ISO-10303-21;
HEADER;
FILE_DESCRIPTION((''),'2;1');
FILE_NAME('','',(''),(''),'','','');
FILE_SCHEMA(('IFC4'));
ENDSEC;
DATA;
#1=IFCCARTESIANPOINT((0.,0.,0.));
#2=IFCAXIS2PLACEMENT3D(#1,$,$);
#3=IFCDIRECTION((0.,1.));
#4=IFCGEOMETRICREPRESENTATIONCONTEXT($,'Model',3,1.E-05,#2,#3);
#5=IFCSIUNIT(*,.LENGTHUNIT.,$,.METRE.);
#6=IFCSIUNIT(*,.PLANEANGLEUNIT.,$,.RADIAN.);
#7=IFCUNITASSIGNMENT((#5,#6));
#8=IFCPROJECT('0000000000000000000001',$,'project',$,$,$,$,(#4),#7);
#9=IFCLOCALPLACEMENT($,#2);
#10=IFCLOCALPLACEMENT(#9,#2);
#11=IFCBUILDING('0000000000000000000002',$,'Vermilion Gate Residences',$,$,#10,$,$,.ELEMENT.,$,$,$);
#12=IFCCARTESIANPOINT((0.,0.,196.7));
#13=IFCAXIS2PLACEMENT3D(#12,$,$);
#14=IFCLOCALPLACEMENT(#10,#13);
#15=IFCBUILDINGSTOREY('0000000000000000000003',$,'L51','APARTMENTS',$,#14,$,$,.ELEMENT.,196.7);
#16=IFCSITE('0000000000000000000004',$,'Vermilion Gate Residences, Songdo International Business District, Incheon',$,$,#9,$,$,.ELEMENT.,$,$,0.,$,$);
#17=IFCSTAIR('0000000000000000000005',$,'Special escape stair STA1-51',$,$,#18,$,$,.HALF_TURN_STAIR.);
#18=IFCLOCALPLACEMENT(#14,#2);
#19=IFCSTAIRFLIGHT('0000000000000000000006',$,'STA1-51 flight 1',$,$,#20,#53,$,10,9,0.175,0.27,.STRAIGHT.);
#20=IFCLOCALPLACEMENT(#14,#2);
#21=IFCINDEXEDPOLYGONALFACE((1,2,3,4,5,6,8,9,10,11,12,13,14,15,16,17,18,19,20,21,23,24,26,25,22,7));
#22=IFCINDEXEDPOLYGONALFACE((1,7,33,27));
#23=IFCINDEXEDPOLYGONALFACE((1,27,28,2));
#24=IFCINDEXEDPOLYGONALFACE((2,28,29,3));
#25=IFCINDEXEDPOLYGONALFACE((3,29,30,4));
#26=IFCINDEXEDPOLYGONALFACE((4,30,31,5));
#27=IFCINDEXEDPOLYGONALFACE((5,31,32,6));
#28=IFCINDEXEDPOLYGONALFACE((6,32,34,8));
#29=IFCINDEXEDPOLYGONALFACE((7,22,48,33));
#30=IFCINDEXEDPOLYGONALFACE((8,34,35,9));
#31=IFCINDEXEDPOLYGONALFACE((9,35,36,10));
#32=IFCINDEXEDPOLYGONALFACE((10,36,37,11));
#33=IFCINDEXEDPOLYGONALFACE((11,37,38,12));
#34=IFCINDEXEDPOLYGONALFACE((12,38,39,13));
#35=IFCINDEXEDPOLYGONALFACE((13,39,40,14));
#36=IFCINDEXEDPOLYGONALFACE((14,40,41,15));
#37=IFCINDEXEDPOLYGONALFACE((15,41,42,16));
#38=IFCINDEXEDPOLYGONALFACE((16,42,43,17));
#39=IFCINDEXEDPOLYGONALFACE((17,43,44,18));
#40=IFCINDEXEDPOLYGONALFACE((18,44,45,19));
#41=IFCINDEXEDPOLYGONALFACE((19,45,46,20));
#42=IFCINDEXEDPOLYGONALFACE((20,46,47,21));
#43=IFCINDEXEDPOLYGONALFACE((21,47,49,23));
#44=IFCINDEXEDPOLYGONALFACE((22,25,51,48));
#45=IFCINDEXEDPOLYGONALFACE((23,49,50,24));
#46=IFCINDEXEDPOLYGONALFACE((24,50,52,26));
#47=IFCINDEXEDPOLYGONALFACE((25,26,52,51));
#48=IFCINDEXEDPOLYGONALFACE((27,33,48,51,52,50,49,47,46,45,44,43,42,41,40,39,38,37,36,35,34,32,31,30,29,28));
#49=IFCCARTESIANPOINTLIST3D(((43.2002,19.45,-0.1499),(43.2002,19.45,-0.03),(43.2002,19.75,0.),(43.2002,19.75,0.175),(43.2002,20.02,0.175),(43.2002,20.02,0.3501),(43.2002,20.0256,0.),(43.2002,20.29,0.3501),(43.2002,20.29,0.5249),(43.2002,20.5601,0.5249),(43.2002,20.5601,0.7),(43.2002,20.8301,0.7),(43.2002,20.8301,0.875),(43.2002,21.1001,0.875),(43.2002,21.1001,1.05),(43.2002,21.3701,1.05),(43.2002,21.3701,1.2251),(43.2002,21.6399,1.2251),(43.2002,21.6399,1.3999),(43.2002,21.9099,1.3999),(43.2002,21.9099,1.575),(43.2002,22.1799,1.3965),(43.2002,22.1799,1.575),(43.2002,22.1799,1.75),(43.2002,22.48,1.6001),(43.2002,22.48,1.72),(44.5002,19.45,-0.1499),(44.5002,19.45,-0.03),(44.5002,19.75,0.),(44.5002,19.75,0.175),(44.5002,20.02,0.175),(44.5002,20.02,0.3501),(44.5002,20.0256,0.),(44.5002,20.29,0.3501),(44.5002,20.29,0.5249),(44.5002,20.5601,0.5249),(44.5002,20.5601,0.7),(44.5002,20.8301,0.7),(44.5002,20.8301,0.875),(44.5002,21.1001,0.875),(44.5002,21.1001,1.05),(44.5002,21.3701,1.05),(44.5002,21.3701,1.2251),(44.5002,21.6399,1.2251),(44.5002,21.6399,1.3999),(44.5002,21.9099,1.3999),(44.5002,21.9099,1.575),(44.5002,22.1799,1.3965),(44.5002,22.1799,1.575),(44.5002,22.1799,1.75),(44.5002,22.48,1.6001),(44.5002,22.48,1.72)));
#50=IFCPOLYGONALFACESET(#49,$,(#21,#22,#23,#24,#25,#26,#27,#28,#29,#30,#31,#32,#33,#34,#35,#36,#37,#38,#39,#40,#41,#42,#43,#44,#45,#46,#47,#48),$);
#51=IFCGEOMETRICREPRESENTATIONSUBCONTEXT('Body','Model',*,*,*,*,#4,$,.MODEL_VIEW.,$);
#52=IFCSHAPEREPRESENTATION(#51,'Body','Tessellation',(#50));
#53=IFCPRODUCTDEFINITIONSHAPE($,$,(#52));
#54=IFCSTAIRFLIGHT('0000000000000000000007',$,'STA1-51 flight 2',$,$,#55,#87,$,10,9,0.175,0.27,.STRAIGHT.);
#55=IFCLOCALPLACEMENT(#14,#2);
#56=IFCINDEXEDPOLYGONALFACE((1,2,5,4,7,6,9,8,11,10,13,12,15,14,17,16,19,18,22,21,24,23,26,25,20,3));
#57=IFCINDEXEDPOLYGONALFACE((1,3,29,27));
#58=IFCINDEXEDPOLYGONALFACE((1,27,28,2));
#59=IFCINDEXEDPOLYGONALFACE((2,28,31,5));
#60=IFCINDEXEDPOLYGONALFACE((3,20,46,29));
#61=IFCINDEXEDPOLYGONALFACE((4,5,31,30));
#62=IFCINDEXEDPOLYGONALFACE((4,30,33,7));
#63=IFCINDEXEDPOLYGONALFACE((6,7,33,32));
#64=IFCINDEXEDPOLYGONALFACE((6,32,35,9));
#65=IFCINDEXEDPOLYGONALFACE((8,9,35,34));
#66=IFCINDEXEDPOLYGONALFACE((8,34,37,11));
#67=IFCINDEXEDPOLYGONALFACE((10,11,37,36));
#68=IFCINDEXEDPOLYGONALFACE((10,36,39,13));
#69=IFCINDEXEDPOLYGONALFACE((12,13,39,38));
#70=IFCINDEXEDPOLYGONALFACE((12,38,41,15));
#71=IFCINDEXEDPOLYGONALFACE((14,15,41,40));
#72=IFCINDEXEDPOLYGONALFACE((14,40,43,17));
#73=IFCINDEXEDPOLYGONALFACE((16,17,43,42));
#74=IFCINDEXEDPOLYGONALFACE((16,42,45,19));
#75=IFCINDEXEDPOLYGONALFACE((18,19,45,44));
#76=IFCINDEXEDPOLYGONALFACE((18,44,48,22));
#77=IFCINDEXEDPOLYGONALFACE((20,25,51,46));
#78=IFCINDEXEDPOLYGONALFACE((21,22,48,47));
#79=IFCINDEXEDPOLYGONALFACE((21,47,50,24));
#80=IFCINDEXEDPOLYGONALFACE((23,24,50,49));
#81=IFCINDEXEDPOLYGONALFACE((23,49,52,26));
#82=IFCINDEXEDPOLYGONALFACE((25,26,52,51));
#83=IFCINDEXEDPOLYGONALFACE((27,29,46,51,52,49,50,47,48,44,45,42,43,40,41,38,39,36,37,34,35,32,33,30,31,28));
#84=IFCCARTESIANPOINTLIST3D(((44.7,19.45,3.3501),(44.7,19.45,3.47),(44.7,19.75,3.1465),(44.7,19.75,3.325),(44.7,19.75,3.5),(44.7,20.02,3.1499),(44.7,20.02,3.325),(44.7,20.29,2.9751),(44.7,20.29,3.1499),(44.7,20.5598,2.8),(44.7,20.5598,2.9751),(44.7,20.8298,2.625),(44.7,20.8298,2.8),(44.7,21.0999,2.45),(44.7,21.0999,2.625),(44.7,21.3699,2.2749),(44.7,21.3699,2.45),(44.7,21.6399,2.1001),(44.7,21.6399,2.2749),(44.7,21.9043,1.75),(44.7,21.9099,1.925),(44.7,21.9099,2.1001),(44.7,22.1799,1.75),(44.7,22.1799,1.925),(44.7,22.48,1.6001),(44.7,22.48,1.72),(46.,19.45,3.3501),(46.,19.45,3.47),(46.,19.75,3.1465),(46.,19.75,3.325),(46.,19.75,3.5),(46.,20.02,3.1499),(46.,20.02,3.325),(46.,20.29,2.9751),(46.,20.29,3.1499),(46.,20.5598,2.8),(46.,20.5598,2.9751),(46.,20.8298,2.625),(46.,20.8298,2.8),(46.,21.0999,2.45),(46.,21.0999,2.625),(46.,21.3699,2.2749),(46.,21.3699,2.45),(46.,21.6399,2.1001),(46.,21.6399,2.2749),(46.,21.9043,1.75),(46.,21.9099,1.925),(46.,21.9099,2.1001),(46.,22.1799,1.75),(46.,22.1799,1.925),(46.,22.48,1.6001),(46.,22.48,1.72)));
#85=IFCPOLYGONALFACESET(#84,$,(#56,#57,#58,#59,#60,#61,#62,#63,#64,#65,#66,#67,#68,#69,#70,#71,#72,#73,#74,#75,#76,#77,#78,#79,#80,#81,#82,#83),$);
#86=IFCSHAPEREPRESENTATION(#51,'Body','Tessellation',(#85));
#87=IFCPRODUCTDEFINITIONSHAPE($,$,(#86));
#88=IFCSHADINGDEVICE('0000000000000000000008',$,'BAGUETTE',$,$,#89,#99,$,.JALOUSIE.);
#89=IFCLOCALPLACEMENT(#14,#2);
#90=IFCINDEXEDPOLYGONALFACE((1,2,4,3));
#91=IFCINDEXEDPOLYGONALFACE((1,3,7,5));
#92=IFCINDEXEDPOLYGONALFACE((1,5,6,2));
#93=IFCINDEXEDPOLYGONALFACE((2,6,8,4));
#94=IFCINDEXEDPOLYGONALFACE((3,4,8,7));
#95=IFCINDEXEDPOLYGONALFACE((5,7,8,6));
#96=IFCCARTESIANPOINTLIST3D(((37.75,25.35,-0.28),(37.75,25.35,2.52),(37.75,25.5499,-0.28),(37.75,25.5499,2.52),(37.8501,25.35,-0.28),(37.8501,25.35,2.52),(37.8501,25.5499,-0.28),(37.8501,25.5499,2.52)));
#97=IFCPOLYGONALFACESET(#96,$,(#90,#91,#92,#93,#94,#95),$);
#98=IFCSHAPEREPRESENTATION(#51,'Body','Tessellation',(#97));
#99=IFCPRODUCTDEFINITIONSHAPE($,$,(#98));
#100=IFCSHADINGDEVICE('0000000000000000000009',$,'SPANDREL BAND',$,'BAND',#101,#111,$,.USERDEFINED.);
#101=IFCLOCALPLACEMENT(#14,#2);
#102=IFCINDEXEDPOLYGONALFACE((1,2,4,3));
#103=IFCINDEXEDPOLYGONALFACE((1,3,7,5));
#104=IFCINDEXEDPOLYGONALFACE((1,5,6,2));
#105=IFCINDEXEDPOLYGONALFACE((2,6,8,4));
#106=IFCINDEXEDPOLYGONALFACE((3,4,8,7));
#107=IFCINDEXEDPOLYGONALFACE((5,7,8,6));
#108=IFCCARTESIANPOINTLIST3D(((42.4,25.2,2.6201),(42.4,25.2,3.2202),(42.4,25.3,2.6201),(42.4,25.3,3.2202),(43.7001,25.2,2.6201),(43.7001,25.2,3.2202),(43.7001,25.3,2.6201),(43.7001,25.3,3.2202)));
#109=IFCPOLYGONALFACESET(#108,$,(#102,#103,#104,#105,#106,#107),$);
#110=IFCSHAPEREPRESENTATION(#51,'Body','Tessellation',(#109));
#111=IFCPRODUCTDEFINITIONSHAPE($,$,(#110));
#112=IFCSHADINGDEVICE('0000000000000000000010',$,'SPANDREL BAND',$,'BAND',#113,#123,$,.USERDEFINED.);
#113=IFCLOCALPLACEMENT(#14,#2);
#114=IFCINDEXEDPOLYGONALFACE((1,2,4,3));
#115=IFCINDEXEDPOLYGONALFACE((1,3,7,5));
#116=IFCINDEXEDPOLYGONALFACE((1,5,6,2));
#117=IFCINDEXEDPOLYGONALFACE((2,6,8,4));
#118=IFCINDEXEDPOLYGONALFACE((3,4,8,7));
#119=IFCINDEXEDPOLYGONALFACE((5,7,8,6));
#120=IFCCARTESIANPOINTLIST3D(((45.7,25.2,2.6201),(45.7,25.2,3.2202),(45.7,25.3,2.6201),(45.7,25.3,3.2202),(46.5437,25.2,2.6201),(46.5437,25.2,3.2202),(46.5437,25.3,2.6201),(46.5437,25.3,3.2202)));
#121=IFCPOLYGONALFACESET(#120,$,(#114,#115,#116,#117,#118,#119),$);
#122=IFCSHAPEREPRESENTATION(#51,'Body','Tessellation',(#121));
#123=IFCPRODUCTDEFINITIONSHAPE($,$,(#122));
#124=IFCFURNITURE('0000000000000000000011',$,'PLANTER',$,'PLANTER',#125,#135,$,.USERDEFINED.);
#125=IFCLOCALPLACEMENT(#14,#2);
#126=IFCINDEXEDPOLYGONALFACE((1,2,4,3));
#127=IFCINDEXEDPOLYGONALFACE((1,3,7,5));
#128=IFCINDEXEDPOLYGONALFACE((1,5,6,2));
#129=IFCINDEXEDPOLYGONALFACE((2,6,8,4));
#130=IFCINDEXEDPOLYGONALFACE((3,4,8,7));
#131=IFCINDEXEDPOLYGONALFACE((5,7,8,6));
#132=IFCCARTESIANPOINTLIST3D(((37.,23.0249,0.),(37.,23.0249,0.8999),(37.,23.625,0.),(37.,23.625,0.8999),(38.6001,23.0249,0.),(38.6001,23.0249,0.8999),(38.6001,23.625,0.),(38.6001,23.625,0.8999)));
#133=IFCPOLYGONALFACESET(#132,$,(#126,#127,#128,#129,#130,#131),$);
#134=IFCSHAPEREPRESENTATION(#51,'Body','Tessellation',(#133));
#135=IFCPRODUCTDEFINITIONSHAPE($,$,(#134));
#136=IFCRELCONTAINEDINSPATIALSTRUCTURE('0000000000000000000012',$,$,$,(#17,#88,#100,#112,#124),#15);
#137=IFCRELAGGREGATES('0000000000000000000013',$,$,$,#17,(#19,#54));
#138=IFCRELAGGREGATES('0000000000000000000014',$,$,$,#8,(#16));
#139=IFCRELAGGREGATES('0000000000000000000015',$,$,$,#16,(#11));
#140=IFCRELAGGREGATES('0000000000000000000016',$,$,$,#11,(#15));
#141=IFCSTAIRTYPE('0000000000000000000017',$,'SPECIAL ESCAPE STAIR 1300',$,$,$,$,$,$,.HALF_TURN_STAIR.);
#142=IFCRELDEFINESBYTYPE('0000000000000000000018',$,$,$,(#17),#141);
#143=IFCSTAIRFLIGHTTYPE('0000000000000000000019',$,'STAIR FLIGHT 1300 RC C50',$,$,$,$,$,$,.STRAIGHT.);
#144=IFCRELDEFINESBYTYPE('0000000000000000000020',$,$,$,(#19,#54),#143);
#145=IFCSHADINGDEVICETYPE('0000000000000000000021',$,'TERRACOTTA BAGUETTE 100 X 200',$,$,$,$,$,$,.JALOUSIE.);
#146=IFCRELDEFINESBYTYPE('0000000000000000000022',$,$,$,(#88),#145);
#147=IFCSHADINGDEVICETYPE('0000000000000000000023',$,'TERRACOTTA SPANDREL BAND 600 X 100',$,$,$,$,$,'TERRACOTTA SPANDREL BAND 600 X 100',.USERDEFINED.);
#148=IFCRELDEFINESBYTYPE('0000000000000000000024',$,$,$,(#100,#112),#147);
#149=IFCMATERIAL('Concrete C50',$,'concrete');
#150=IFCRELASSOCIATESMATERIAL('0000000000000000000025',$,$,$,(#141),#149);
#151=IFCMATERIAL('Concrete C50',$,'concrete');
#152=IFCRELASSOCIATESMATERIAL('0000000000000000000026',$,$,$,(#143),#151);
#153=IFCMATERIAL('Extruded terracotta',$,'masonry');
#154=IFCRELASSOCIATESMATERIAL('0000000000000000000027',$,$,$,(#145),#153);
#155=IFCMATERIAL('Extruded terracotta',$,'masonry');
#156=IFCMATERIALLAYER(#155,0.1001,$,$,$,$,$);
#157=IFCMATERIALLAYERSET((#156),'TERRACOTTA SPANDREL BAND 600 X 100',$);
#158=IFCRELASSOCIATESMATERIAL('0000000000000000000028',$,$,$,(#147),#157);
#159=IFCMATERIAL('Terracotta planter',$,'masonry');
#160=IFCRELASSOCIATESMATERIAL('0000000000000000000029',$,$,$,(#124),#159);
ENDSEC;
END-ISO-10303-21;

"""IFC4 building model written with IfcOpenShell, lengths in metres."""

from ifc_helpers import new_model, si_unit, direction, frame, origin, origin_2d, place, context, subcontext, project, spatial, polyline, rectangle, outline, extrude, material, layer, layer_set, material_profile, profile_set, type_object, element, aggregate, save


model = new_model("IFC4")

# Units and contexts
model_context = context("Model", 3, precision=1e-05, world=origin(), true_north=direction((0.0, 1.0)))
body_context = subcontext(model_context, "Body", "Model", "MODEL_VIEW")
ifc_project = project(units=[si_unit("LENGTHUNIT", "METRE"), si_unit("PLANEANGLEUNIT", "RADIAN")], contexts=[model_context])

# Site, building, storey
site_placement = place(None, origin())
site = spatial("IfcSite", under=ifc_project, at=site_placement, Name="Vermilion Gate Residences, Songdo International Business District, Incheon", CompositionType="ELEMENT", RefElevation=0.0)
building_placement = place(site_placement, origin())
building = spatial("IfcBuilding", under=site, at=building_placement, Name="Vermilion Gate Residences", CompositionType="ELEMENT")
storey_placement = place(building_placement, frame((0.0, 0.0, 196.7)))
storey = spatial("IfcBuildingStorey", under=building, at=storey_placement, Name="L51", Description="APARTMENTS", CompositionType="ELEMENT", Elevation=196.7)

# Stair, stair flights
ifc_material_1 = material(Name="Concrete C50", Category="concrete")
stair_type = type_object("IfcStairType", Name="SPECIAL ESCAPE STAIR 1300", PredefinedType="HALF_TURN_STAIR", material=ifc_material_1)
stair_placement = place(storey_placement, origin())
stair = element("IfcStair", 1, at=stair_placement, inside=storey, type_object=stair_type, Name="Special escape stair STA1-51", PredefinedType="HALF_TURN_STAIR")
ifc_material_2 = material(Name="Concrete C50", Category="concrete")
stair_flight_type = type_object("IfcStairFlightType", Name="STAIR FLIGHT 1300 RC C50", PredefinedType="STRAIGHT", material=ifc_material_2)
stair_flight_1_placement = place(storey_placement, frame((43.8501, 19.75, 0.0), z_axis=(0.0, 0.0, 1.0), x_axis=(0.0, 1.0, 0.0)))
stair_flight_1 = element("IfcStairFlight", 2, at=stair_flight_1_placement, type_object=stair_flight_type, Name="STA1-51 flight 1", NumberOfRisers=10, NumberOfTreads=9, PredefinedType="STRAIGHT", RiserHeight=0.175, TreadLength=0.27, context=body_context, shape_type="SweptSolid", body=[
    extrude(outline(polyline([(-0.3, -0.1499), (-0.3, -0.03), (0.0, 0.0), (0.0, 0.175), (0.27, 0.175), (0.27, 0.3501), (0.54, 0.3501), (0.54, 0.5249), (0.8101, 0.5249), (0.8101, 0.7), (1.0801, 0.7), (1.0801, 0.875), (1.3501, 0.875), (1.3501, 1.05), (1.6201, 1.05), (1.6201, 1.2251), (1.8899, 1.2251), (1.8899, 1.3999), (2.1599, 1.3999), (2.1599, 1.575), (2.4299, 1.575), (2.4299, 1.75), (2.73, 1.72), (2.73, 1.6001), (2.4299, 1.3965), (0.2756, 0.0), (-0.3, -0.1499)])), frame((0.0, 0.6499, 0.0), z_axis=(0.0, -1.0, 0.0), x_axis=(1.0, 0.0, 0.0)), (0.0, 0.0, 1.0), 1.3),
])
stair_flight_2_placement = place(storey_placement, frame((45.3501, 22.1799, 1.75), z_axis=(0.0, 0.0, 1.0), x_axis=(0.0, -1.0, 0.0)))
stair_flight_2 = element("IfcStairFlight", 3, at=stair_flight_2_placement, type_object=stair_flight_type, Name="STA1-51 flight 2", NumberOfRisers=10, NumberOfTreads=9, PredefinedType="STRAIGHT", RiserHeight=0.175, TreadLength=0.27, context=body_context, shape_type="SweptSolid", body=[
    extrude(outline(polyline([(-0.3, -0.1499), (-0.3, -0.03), (0.0, 0.0), (0.0, 0.175), (0.27, 0.175), (0.27, 0.3501), (0.54, 0.3501), (0.54, 0.5249), (0.8101, 0.5249), (0.8101, 0.7), (1.0801, 0.7), (1.0801, 0.875), (1.3501, 0.875), (1.3501, 1.05), (1.6201, 1.05), (1.6201, 1.2251), (1.8899, 1.2251), (1.8899, 1.3999), (2.1599, 1.3999), (2.1599, 1.575), (2.4299, 1.575), (2.4299, 1.75), (2.73, 1.72), (2.73, 1.6001), (2.4299, 1.3965), (0.2756, 0.0), (-0.3, -0.1499)])), frame((0.0, 0.6499, 0.0), z_axis=(0.0, -1.0, 0.0), x_axis=(1.0, 0.0, 0.0)), (0.0, 0.0, 1.0), 1.3),
])
aggregate(stair, [stair_flight_1, stair_flight_2])

# Shading devices
ifc_material_3 = material(Name="Extruded terracotta", Category="masonry")
ifc_material_profile = material_profile(ifc_material_3, rectangle(XDim=0.2, YDim=0.1001, at=origin_2d()), Name="BAGUETTE 100 X 200")
ifc_profile_set = profile_set([ifc_material_profile], Name="Extruded terracotta")
shading_device_type_1 = type_object("IfcShadingDeviceType", Name="TERRACOTTA BAGUETTE 100 X 200", PredefinedType="JALOUSIE", material=ifc_profile_set)
shading_device_1_placement = place(storey_placement, frame((37.8, 25.45, -0.28), z_axis=(0.0, 0.0, 1.0), x_axis=(0.0, -1.0, 0.0)))
element("IfcShadingDevice", 4, at=shading_device_1_placement, inside=storey, type_object=shading_device_type_1, Name="BAGUETTE", PredefinedType="JALOUSIE", context=body_context, shape_type="SweptSolid", body=[
    extrude(rectangle(XDim=0.2, YDim=0.1001, at=origin_2d()), origin(), (0.0, 0.0, 1.0), 2.8),
])
ifc_material_4 = material(Name="Extruded terracotta", Category="masonry")
ifc_layer_1 = layer(ifc_material_4, 0.1001)
ifc_layer_set_1 = layer_set([ifc_layer_1], Name="TERRACOTTA SPANDREL BAND 600 X 100")
shading_device_type_2 = type_object("IfcShadingDeviceType", Name="TERRACOTTA SPANDREL BAND 600 X 100", ElementType="TERRACOTTA SPANDREL BAND 600 X 100", PredefinedType="USERDEFINED", material=ifc_layer_set_1)
shading_device_2_placement = place(storey_placement, frame((43.05, 25.25, 2.6201), z_axis=(0.0, 0.0, 1.0), x_axis=(1.0, 0.0, 0.0)))
element("IfcShadingDevice", 5, at=shading_device_2_placement, inside=storey, type_object=shading_device_type_2, Name="SPANDREL BAND", ObjectType="BAND", PredefinedType="USERDEFINED", context=body_context, shape_type="SweptSolid", body=[
    extrude(rectangle(XDim=1.3, YDim=0.1001, at=origin_2d()), origin(), (0.0, 0.0, 1.0), 0.6001),
])
shading_device_3_placement = place(storey_placement, frame((46.1218, 25.25, 2.6201), z_axis=(0.0, 0.0, 1.0), x_axis=(1.0, 0.0, 0.0)))
element("IfcShadingDevice", 6, at=shading_device_3_placement, inside=storey, type_object=shading_device_type_2, Name="SPANDREL BAND", ObjectType="BAND", PredefinedType="USERDEFINED", context=body_context, shape_type="SweptSolid", body=[
    extrude(rectangle(XDim=0.8438, YDim=0.1001, at=origin_2d()), origin(), (0.0, 0.0, 1.0), 0.6001),
])

# Furniture
ifc_material_5 = material(Name="Terracotta planter", Category="masonry")
furniture_placement = place(storey_placement, frame((37.8, 23.325, 0.0), z_axis=(0.0, 0.0, 1.0), x_axis=(-1.0, 0.0, 0.0)))
element("IfcFurniture", 7, at=furniture_placement, inside=storey, material=ifc_material_5, Name="PLANTER", ObjectType="PLANTER", PredefinedType="USERDEFINED", context=body_context, shape_type="SweptSolid", body=[
    extrude(rectangle(XDim=1.6001, YDim=0.6001, at=origin_2d()), origin(), (0.0, 0.0, 1.0), 0.8999),
])

save(model, "model.ifc")
